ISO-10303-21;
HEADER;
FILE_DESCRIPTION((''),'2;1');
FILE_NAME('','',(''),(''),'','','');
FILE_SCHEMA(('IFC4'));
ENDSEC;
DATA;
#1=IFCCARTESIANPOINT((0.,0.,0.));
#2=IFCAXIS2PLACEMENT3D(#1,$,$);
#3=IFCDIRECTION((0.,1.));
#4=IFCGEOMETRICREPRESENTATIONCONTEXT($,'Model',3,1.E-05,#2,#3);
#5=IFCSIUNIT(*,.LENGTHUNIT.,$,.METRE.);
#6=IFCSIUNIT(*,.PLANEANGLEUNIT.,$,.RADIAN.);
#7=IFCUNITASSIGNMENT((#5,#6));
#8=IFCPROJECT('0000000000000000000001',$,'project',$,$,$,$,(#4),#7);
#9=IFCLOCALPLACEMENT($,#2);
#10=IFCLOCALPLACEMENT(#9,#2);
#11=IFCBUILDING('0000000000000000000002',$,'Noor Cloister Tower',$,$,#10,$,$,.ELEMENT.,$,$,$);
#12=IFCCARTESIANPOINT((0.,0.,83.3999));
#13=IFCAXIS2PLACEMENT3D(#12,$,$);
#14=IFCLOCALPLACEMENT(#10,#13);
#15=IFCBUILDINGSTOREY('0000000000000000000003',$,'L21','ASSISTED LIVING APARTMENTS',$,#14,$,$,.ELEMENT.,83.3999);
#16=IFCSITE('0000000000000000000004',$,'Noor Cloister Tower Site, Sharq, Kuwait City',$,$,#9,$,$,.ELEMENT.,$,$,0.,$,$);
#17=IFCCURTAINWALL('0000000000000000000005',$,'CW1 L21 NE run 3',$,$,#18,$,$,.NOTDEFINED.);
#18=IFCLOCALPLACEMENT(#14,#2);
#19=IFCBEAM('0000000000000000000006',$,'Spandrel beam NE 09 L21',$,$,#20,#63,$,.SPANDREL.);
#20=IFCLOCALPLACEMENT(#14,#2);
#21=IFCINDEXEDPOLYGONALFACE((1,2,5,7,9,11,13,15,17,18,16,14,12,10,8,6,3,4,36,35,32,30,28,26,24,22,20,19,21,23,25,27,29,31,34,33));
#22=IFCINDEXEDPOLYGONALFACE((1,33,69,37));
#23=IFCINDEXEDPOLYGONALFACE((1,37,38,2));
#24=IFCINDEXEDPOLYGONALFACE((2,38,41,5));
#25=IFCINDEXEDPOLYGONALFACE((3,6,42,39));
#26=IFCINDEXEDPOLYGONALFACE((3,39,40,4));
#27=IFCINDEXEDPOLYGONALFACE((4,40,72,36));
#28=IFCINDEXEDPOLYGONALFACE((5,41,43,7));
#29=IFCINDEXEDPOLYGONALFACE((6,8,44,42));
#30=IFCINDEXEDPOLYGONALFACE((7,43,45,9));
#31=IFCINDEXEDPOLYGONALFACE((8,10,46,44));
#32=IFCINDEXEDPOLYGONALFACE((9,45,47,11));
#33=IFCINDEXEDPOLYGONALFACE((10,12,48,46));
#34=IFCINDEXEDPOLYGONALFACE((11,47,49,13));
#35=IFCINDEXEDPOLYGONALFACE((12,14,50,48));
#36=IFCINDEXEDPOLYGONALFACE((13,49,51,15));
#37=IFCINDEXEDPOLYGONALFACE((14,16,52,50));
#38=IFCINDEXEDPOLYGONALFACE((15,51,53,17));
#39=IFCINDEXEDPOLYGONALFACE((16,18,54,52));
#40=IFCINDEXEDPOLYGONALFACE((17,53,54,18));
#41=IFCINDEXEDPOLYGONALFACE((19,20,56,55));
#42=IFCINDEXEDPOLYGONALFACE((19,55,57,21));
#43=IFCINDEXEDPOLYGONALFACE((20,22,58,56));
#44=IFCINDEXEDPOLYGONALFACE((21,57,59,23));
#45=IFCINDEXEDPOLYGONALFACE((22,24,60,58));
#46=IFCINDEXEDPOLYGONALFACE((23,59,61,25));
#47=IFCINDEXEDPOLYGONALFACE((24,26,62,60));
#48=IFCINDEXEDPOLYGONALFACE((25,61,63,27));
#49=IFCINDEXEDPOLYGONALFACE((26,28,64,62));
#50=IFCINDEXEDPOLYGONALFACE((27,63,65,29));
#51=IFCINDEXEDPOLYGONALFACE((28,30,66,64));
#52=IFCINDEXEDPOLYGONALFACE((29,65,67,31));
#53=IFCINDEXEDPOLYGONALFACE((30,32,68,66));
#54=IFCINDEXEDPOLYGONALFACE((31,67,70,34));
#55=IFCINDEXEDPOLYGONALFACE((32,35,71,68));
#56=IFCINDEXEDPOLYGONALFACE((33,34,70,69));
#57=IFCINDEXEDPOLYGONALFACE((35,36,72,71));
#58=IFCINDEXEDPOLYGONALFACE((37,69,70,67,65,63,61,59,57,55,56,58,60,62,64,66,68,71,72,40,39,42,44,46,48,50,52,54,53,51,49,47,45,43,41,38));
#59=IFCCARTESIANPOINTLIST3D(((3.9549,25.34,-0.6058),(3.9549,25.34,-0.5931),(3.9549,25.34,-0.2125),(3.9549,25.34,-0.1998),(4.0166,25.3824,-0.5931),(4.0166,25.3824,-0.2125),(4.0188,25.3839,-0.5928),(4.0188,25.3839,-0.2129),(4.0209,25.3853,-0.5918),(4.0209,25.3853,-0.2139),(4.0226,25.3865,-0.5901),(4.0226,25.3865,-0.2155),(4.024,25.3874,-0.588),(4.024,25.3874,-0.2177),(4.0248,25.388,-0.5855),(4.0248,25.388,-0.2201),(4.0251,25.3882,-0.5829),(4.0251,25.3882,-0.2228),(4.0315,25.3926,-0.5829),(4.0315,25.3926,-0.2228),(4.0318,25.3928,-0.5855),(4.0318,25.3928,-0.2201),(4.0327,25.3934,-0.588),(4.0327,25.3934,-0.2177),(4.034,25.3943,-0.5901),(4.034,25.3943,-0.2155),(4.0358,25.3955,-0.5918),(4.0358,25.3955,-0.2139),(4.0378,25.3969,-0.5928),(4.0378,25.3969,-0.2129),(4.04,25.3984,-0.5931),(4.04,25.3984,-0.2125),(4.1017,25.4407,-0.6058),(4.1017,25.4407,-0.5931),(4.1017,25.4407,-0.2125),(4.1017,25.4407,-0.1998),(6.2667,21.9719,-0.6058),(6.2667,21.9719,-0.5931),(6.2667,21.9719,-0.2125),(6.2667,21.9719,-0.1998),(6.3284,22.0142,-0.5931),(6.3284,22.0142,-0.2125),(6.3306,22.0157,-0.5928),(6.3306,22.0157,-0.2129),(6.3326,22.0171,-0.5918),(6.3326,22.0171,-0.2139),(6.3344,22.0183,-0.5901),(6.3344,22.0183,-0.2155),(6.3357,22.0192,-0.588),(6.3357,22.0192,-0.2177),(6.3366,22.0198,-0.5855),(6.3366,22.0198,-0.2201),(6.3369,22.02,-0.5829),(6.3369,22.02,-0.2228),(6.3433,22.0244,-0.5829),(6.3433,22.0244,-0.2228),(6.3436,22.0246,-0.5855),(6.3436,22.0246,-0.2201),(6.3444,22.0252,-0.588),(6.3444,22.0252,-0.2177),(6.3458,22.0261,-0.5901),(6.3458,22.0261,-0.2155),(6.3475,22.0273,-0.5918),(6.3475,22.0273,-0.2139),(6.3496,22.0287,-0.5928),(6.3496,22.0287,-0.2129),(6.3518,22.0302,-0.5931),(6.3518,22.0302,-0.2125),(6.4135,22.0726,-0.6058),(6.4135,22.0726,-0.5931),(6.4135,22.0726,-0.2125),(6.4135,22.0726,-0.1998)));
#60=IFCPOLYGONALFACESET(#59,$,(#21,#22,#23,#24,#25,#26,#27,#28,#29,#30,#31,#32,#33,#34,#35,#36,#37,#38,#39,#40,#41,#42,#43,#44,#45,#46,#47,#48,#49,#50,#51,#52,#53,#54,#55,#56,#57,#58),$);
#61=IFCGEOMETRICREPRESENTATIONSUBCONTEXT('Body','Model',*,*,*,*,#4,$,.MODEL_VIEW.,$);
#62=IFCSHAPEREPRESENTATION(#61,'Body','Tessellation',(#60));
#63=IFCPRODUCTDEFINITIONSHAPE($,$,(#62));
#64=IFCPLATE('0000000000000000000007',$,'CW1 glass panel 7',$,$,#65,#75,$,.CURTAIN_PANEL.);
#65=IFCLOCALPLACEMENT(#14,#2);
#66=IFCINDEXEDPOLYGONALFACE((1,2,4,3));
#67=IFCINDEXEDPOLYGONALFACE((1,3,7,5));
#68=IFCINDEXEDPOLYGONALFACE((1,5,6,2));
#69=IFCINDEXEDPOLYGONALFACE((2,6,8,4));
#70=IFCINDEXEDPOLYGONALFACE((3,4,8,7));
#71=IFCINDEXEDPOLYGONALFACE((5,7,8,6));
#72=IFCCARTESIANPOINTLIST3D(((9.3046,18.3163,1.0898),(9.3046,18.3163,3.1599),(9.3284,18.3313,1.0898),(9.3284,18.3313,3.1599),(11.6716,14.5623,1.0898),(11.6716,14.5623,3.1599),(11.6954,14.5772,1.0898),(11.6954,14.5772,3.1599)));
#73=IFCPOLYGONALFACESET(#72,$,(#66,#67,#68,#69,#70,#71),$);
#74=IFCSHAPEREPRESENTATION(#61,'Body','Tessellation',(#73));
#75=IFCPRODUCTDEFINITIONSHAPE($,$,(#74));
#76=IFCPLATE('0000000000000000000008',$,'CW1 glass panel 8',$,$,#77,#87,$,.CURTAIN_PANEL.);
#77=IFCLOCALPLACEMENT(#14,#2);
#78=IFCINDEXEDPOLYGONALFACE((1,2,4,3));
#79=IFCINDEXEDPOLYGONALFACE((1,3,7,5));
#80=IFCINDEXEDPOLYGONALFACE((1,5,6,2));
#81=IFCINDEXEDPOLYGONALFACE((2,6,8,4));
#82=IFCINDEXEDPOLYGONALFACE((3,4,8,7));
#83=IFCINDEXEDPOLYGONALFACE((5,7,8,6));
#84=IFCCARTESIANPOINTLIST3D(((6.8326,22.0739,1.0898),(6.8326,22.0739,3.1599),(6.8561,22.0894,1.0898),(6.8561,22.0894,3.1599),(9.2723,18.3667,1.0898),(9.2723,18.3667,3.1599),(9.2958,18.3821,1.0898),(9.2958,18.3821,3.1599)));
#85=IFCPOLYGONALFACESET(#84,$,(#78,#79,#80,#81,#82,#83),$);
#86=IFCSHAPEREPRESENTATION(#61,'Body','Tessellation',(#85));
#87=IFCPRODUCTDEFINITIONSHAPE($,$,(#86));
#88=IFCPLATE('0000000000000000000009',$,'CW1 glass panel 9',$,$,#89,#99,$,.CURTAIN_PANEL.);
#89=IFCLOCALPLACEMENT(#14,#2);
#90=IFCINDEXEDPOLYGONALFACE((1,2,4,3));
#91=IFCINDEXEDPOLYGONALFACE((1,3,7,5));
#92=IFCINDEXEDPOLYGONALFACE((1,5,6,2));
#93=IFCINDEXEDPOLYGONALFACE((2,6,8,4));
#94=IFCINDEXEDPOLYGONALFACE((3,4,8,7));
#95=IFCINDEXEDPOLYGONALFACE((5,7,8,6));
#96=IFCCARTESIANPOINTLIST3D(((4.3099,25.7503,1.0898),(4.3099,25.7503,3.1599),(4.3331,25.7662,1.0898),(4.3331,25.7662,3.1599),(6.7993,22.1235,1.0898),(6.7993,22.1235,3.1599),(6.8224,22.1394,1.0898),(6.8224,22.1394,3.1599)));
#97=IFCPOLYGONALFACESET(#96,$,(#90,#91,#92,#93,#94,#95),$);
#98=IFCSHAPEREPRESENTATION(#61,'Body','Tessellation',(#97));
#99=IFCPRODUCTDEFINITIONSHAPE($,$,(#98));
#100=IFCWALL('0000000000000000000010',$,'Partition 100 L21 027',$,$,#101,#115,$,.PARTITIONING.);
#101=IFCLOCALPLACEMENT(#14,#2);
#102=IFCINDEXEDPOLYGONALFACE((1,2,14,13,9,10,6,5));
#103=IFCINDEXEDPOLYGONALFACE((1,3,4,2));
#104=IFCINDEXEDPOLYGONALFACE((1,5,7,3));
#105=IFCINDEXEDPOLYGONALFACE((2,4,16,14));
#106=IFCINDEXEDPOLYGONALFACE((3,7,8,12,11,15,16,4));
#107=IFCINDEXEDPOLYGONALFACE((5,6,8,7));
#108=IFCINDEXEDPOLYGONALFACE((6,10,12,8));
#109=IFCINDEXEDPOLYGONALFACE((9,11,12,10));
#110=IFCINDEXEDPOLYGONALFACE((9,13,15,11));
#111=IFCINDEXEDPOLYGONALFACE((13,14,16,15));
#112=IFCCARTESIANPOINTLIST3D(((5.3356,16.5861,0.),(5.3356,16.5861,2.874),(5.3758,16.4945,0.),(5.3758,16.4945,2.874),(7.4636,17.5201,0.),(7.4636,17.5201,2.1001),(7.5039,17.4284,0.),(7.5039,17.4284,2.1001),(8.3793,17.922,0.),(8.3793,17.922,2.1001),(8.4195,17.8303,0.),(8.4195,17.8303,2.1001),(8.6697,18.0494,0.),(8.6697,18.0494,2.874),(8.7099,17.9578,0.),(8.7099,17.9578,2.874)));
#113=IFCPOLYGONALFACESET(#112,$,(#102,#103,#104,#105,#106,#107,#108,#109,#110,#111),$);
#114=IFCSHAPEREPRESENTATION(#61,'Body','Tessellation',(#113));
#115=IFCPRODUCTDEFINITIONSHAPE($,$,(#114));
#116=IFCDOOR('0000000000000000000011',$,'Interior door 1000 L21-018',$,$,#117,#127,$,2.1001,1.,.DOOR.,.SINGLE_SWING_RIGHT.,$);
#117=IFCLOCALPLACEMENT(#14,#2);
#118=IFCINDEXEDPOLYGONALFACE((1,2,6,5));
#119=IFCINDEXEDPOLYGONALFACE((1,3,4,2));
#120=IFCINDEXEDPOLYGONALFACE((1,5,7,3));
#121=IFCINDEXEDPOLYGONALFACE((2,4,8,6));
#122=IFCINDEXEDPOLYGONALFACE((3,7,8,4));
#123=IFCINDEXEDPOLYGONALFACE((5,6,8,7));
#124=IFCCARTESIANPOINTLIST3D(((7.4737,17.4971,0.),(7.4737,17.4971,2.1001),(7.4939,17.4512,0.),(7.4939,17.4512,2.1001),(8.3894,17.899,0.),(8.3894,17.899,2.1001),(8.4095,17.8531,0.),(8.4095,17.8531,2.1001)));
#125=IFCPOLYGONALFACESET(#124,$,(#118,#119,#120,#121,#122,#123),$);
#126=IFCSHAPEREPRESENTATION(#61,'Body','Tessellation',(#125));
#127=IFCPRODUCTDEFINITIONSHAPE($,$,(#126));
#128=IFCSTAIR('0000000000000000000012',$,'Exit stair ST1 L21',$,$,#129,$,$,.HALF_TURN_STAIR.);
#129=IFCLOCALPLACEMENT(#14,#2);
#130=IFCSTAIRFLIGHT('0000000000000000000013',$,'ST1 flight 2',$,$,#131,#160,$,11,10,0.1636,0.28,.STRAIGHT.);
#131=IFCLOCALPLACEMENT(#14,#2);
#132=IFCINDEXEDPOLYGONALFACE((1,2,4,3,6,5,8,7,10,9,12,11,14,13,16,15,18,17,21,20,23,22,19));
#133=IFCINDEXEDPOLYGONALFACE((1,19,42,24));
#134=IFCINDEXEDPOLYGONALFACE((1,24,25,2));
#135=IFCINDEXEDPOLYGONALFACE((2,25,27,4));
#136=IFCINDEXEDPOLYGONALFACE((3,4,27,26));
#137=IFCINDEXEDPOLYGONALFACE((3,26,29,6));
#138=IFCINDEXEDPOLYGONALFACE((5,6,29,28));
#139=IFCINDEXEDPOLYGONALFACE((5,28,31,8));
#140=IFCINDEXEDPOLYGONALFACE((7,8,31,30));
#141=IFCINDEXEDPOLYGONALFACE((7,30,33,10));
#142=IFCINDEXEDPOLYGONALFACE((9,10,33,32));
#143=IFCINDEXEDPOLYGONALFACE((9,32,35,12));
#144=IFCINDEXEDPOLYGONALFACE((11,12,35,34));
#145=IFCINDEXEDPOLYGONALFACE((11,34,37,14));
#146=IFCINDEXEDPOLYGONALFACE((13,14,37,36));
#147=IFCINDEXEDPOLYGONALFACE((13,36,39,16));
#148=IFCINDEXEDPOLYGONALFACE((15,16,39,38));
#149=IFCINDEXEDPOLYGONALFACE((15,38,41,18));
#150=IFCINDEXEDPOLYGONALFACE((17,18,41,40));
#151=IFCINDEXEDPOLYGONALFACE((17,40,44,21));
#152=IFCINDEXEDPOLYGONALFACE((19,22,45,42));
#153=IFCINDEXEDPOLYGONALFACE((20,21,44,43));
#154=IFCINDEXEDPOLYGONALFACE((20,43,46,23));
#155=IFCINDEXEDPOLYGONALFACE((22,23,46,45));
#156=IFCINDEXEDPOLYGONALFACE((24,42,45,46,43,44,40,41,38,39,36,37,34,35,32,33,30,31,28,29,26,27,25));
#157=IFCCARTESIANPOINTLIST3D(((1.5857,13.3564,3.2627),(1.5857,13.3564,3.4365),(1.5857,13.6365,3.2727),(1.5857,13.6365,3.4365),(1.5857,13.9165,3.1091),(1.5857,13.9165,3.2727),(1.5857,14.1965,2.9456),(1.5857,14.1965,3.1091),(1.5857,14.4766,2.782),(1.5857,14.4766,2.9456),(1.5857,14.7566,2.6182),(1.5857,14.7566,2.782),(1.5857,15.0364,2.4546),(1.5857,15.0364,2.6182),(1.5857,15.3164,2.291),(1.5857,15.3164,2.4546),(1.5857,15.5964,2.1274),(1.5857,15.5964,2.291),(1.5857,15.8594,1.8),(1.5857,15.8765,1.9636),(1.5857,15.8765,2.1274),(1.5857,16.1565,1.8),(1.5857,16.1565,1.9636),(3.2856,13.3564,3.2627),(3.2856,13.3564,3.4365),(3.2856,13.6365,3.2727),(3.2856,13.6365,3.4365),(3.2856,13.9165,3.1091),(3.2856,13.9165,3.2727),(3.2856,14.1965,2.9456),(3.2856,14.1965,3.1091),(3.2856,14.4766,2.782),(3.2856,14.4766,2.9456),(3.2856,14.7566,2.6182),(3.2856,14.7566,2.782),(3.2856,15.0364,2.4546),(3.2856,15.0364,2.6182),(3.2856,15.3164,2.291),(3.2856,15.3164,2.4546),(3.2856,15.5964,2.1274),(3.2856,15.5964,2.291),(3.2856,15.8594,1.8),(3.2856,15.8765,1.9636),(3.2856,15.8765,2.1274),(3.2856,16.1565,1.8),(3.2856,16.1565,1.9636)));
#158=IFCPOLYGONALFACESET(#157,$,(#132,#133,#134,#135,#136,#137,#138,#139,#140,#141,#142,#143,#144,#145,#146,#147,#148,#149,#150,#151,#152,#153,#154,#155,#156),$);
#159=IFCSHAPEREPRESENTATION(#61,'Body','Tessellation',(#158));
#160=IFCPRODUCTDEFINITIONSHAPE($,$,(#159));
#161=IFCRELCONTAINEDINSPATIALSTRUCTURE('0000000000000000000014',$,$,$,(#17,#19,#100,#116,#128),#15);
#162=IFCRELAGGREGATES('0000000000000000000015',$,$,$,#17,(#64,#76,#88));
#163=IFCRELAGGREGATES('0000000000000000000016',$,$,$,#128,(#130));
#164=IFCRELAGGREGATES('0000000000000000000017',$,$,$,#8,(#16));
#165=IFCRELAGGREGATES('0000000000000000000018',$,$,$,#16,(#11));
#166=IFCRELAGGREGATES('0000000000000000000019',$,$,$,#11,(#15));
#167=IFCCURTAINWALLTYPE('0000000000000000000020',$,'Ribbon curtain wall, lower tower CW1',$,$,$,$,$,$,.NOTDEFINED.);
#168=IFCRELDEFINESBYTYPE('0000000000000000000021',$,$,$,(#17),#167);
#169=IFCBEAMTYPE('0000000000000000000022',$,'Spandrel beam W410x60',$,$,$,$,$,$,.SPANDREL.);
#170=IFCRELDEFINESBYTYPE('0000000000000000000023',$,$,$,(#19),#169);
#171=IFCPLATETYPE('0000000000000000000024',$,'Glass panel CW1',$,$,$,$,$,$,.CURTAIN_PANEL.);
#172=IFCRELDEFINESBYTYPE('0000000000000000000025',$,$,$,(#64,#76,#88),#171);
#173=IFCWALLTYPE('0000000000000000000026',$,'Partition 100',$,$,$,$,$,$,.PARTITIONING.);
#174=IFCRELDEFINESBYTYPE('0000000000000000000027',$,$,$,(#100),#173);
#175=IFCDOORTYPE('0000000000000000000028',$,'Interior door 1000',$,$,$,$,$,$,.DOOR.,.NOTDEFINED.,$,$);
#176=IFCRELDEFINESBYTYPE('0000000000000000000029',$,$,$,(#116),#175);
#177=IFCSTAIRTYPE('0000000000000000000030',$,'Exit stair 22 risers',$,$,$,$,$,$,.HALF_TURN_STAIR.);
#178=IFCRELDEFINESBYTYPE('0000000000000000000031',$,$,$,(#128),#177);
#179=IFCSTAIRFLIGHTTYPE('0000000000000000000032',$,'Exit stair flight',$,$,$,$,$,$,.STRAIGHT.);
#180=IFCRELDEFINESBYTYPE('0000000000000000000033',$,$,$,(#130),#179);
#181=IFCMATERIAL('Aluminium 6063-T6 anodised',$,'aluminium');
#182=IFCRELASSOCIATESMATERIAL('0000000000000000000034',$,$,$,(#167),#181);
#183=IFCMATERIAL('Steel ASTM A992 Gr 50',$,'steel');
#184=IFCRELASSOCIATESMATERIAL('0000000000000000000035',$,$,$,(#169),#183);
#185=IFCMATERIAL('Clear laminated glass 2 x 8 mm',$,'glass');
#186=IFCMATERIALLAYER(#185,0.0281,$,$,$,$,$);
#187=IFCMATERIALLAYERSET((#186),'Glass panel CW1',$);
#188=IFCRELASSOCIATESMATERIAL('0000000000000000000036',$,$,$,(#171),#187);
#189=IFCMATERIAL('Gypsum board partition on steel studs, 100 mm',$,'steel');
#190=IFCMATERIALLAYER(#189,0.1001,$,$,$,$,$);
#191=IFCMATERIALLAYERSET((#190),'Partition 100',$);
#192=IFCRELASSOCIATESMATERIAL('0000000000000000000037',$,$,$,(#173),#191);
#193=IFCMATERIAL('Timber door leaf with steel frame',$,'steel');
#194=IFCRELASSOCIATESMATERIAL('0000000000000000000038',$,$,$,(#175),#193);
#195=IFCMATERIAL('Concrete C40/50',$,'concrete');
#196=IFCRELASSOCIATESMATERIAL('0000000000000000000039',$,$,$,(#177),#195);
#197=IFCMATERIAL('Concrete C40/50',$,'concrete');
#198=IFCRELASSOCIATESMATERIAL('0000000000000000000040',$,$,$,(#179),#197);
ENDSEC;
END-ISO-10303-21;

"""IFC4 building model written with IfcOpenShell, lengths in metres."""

from ifc_helpers import new_model, si_unit, direction, frame, frame_2d, origin, origin_2d, place, context, subcontext, project, spatial, polyline, rectangle, i_section, outline, extrude, material, layer, layer_set, material_profile, profile_set, type_object, element, fill, aggregate, save


model = new_model("IFC4")

# Units and contexts
model_context = context("Model", 3, precision=1e-05, world=origin(), true_north=direction((0.0, 1.0)))
body_context = subcontext(model_context, "Body", "Model", "MODEL_VIEW")
ifc_project = project(units=[si_unit("LENGTHUNIT", "METRE"), si_unit("PLANEANGLEUNIT", "RADIAN")], contexts=[model_context])

# Site, building, storey
site_placement = place(None, origin())
site = spatial("IfcSite", under=ifc_project, at=site_placement, Name="Noor Cloister Tower Site, Sharq, Kuwait City", CompositionType="ELEMENT", RefElevation=0.0)
building_placement = place(site_placement, origin())
building = spatial("IfcBuilding", under=site, at=building_placement, Name="Noor Cloister Tower", CompositionType="ELEMENT")
storey_placement = place(building_placement, frame((0.0, 0.0, 83.3999)))
storey = spatial("IfcBuildingStorey", under=building, at=storey_placement, Name="L21", Description="ASSISTED LIVING APARTMENTS", CompositionType="ELEMENT", Elevation=83.3999)

# Curtain wall
ifc_material_1 = material(Name="Aluminium 6063-T6 anodised", Category="aluminium")
curtain_wall_type = type_object("IfcCurtainWallType", Name="Ribbon curtain wall, lower tower CW1", PredefinedType="NOTDEFINED", material=ifc_material_1)
curtain_wall_placement = place(storey_placement, origin())
curtain_wall = element("IfcCurtainWall", 1, at=curtain_wall_placement, inside=storey, type_object=curtain_wall_type, Name="CW1 L21 NE run 3", PredefinedType="NOTDEFINED")

# Beam
ifc_material_2 = material(Name="Steel ASTM A992 Gr 50", Category="steel")
ifc_material_profile_1 = material_profile(ifc_material_2, i_section(OverallWidth=0.178, OverallDepth=0.406, WebThickness=0.0078, FlangeThickness=0.0127, FilletRadius=0.0103, at=origin_2d()), Name="W410x60")
ifc_profile_set_1 = profile_set([ifc_material_profile_1], Name="Steel ASTM A992 Gr 50")
beam_type_1 = type_object("IfcBeamType", Name="Spandrel beam W410x60", PredefinedType="SPANDREL", material=ifc_profile_set_1)
for number, where, z_axis, x_axis, name in (
    (2, (6.3401, 22.0222, -0.4028), (-0.565889, 0.824481, 0.0), (-0.824481, -0.565889, 0.0), "Spandrel beam NE 09 L21"),
):
    element("IfcBeam", number, at=place(storey_placement, frame(where, z_axis=z_axis, x_axis=x_axis)), inside=storey, type_object=beam_type_1, Name=name, PredefinedType="SPANDREL", context=body_context, shape_type="SweptSolid", body=[
        extrude(i_section(OverallWidth=0.178, OverallDepth=0.406, WebThickness=0.0078, FlangeThickness=0.0127, FilletRadius=0.0103, at=origin_2d()), origin(), (0.0, 0.0, 1.0), 4.0852),
    ])

# Plates
ifc_material_3 = material(Name="Clear laminated glass 2 x 8 mm", Category="glass")
ifc_layer_1 = layer(ifc_material_3, 0.0281)
ifc_layer_set_1 = layer_set([ifc_layer_1], Name="Glass panel CW1")
plate_type = type_object("IfcPlateType", Name="Glass panel CW1", PredefinedType="CURTAIN_PANEL", material=ifc_layer_set_1)
plate_1_placement = place(storey_placement, frame((10.5, 16.4468, 1.0898), z_axis=(0.0, 0.0, 1.0), x_axis=(-0.533352, 0.845893, 0.0)))
plate_1 = element("IfcPlate", 3, at=plate_1_placement, type_object=plate_type, Name="CW1 glass panel 7", PredefinedType="CURTAIN_PANEL", context=body_context, shape_type="SweptSolid", body=[
    extrude(rectangle(XDim=4.438, YDim=0.0281, at=origin_2d()), origin(), (0.0, 0.0, 1.0), 2.0701),
])
plate_2_placement = place(storey_placement, frame((8.0642, 20.228, 1.0898), z_axis=(0.0, 0.0, 1.0), x_axis=(-0.549728, 0.835344, 0.0)))
plate_2 = element("IfcPlate", 4, at=plate_2_placement, type_object=plate_type, Name="CW1 glass panel 8", PredefinedType="CURTAIN_PANEL", context=body_context, shape_type="SweptSolid", body=[
    extrude(rectangle(XDim=4.438, YDim=0.0281, at=origin_2d()), origin(), (0.0, 0.0, 1.0), 2.0701),
])
plate_3_placement = place(storey_placement, frame((5.5662, 23.9448, 1.0898), z_axis=(0.0, 0.0, 1.0), x_axis=(-0.565895, 0.824477, 0.0)))
plate_3 = element("IfcPlate", 5, at=plate_3_placement, type_object=plate_type, Name="CW1 glass panel 9", PredefinedType="CURTAIN_PANEL", context=body_context, shape_type="SweptSolid", body=[
    extrude(rectangle(XDim=4.3989, YDim=0.0281, at=origin_2d()), origin(), (0.0, 0.0, 1.0), 2.0701),
])
aggregate(curtain_wall, [plate_1, plate_2, plate_3])

# Wall, opening, door
ifc_material_4 = material(Name="Gypsum board partition on steel studs, 100 mm", Category="steel")
ifc_layer_2 = layer(ifc_material_4, 0.1001)
ifc_layer_set_2 = layer_set([ifc_layer_2], Name="Partition 100")
wall_type = type_object("IfcWallType", Name="Partition 100", PredefinedType="PARTITIONING", material=ifc_layer_set_2)
wall_placement = place(storey_placement, frame((5.3557, 16.5403, 0.0), z_axis=(0.0, 0.0, 1.0), x_axis=(0.915687, 0.401891, 0.0)))
wall = element("IfcWall", 6, at=wall_placement, inside=storey, type_object=wall_type, Name="Partition 100 L21 027", PredefinedType="PARTITIONING", context=body_context, shape_type="SweptSolid", body=[
    extrude(rectangle(XDim=3.6411, YDim=0.1001, at=frame_2d((1.8206, 0.0))), origin(), (0.0, 0.0, 1.0), 2.874),
])
opening_placement = place(wall_placement, frame((2.324, 0.0, 0.0)))
opening = element("IfcOpeningElement", 7, at=opening_placement, cuts=wall, PredefinedType="OPENING", context=body_context, shape_type="SweptSolid", body=[
    extrude(rectangle(XDim=1.0, YDim=2.1001, at=frame_2d((0.5, 1.05))), frame((0.0, 0.0601, 0.0), z_axis=(0.0, -1.0, 0.0), x_axis=(1.0, 0.0, 0.0)), (0.0, 0.0, 1.0), 0.1201),
])
ifc_material_5 = material(Name="Timber door leaf with steel frame", Category="steel")
door_type = type_object("IfcDoorType", Name="Interior door 1000", OperationType="NOTDEFINED", PredefinedType="DOOR", material=ifc_material_5)
door_placement = place(opening_placement, origin())
door = element("IfcDoor", 8, at=door_placement, inside=storey, type_object=door_type, Name="Interior door 1000 L21-018", OperationType="SINGLE_SWING_RIGHT", OverallHeight=2.1001, OverallWidth=1.0, PredefinedType="DOOR", context=body_context, shape_type="SweptSolid", body=[
    extrude(rectangle(XDim=1.0, YDim=2.1001, at=frame_2d((0.5, 1.05))), frame((0.0, 0.0249, 0.0), z_axis=(0.0, -1.0, 0.0), x_axis=(1.0, 0.0, 0.0)), (0.0, 0.0, 1.0), 0.05),
])
fill(opening, door)

# Stair, stair flight
ifc_material_6 = material(Name="Concrete C40/50", Category="concrete")
stair_type = type_object("IfcStairType", Name="Exit stair 22 risers", PredefinedType="HALF_TURN_STAIR", material=ifc_material_6)
stair_placement = place(storey_placement, origin())
stair = element("IfcStair", 9, at=stair_placement, inside=storey, type_object=stair_type, Name="Exit stair ST1 L21", PredefinedType="HALF_TURN_STAIR")
ifc_material_7 = material(Name="Concrete C40/50", Category="concrete")
stair_flight_type = type_object("IfcStairFlightType", Name="Exit stair flight", PredefinedType="STRAIGHT", material=ifc_material_7)
stair_flight_placement = place(storey_placement, frame((2.4355, 16.1565, 1.8), z_axis=(0.0, 0.0, 1.0), x_axis=(0.0, -1.0, 0.0)))
stair_flight = element("IfcStairFlight", 10, at=stair_flight_placement, type_object=stair_flight_type, Name="ST1 flight 2", NumberOfRisers=11, NumberOfTreads=10, PredefinedType="STRAIGHT", RiserHeight=0.1636, TreadLength=0.28, context=body_context, shape_type="SweptSolid", body=[
    extrude(outline(polyline([(0.0, 0.0), (0.0, 0.1636), (0.28, 0.1636), (0.28, 0.3274), (0.5601, 0.3274), (0.5601, 0.491), (0.8401, 0.491), (0.8401, 0.6545), (1.1201, 0.6545), (1.1201, 0.8181), (1.3999, 0.8181), (1.3999, 0.9819), (1.6799, 0.9819), (1.6799, 1.1455), (1.96, 1.1455), (1.96, 1.3091), (2.24, 1.3091), (2.24, 1.4727), (2.52, 1.4727), (2.52, 1.6365), (2.8, 1.6365), (2.8, 1.8), (2.8, 1.4626), (0.2971, 0.0), (0.0, 0.0)])), frame((0.0, 0.8501, 0.0), z_axis=(0.0, -1.0, 0.0), x_axis=(1.0, 0.0, 0.0)), (0.0, 0.0, 1.0), 1.7),
])
aggregate(stair, [stair_flight])

save(model, "model.ifc")
